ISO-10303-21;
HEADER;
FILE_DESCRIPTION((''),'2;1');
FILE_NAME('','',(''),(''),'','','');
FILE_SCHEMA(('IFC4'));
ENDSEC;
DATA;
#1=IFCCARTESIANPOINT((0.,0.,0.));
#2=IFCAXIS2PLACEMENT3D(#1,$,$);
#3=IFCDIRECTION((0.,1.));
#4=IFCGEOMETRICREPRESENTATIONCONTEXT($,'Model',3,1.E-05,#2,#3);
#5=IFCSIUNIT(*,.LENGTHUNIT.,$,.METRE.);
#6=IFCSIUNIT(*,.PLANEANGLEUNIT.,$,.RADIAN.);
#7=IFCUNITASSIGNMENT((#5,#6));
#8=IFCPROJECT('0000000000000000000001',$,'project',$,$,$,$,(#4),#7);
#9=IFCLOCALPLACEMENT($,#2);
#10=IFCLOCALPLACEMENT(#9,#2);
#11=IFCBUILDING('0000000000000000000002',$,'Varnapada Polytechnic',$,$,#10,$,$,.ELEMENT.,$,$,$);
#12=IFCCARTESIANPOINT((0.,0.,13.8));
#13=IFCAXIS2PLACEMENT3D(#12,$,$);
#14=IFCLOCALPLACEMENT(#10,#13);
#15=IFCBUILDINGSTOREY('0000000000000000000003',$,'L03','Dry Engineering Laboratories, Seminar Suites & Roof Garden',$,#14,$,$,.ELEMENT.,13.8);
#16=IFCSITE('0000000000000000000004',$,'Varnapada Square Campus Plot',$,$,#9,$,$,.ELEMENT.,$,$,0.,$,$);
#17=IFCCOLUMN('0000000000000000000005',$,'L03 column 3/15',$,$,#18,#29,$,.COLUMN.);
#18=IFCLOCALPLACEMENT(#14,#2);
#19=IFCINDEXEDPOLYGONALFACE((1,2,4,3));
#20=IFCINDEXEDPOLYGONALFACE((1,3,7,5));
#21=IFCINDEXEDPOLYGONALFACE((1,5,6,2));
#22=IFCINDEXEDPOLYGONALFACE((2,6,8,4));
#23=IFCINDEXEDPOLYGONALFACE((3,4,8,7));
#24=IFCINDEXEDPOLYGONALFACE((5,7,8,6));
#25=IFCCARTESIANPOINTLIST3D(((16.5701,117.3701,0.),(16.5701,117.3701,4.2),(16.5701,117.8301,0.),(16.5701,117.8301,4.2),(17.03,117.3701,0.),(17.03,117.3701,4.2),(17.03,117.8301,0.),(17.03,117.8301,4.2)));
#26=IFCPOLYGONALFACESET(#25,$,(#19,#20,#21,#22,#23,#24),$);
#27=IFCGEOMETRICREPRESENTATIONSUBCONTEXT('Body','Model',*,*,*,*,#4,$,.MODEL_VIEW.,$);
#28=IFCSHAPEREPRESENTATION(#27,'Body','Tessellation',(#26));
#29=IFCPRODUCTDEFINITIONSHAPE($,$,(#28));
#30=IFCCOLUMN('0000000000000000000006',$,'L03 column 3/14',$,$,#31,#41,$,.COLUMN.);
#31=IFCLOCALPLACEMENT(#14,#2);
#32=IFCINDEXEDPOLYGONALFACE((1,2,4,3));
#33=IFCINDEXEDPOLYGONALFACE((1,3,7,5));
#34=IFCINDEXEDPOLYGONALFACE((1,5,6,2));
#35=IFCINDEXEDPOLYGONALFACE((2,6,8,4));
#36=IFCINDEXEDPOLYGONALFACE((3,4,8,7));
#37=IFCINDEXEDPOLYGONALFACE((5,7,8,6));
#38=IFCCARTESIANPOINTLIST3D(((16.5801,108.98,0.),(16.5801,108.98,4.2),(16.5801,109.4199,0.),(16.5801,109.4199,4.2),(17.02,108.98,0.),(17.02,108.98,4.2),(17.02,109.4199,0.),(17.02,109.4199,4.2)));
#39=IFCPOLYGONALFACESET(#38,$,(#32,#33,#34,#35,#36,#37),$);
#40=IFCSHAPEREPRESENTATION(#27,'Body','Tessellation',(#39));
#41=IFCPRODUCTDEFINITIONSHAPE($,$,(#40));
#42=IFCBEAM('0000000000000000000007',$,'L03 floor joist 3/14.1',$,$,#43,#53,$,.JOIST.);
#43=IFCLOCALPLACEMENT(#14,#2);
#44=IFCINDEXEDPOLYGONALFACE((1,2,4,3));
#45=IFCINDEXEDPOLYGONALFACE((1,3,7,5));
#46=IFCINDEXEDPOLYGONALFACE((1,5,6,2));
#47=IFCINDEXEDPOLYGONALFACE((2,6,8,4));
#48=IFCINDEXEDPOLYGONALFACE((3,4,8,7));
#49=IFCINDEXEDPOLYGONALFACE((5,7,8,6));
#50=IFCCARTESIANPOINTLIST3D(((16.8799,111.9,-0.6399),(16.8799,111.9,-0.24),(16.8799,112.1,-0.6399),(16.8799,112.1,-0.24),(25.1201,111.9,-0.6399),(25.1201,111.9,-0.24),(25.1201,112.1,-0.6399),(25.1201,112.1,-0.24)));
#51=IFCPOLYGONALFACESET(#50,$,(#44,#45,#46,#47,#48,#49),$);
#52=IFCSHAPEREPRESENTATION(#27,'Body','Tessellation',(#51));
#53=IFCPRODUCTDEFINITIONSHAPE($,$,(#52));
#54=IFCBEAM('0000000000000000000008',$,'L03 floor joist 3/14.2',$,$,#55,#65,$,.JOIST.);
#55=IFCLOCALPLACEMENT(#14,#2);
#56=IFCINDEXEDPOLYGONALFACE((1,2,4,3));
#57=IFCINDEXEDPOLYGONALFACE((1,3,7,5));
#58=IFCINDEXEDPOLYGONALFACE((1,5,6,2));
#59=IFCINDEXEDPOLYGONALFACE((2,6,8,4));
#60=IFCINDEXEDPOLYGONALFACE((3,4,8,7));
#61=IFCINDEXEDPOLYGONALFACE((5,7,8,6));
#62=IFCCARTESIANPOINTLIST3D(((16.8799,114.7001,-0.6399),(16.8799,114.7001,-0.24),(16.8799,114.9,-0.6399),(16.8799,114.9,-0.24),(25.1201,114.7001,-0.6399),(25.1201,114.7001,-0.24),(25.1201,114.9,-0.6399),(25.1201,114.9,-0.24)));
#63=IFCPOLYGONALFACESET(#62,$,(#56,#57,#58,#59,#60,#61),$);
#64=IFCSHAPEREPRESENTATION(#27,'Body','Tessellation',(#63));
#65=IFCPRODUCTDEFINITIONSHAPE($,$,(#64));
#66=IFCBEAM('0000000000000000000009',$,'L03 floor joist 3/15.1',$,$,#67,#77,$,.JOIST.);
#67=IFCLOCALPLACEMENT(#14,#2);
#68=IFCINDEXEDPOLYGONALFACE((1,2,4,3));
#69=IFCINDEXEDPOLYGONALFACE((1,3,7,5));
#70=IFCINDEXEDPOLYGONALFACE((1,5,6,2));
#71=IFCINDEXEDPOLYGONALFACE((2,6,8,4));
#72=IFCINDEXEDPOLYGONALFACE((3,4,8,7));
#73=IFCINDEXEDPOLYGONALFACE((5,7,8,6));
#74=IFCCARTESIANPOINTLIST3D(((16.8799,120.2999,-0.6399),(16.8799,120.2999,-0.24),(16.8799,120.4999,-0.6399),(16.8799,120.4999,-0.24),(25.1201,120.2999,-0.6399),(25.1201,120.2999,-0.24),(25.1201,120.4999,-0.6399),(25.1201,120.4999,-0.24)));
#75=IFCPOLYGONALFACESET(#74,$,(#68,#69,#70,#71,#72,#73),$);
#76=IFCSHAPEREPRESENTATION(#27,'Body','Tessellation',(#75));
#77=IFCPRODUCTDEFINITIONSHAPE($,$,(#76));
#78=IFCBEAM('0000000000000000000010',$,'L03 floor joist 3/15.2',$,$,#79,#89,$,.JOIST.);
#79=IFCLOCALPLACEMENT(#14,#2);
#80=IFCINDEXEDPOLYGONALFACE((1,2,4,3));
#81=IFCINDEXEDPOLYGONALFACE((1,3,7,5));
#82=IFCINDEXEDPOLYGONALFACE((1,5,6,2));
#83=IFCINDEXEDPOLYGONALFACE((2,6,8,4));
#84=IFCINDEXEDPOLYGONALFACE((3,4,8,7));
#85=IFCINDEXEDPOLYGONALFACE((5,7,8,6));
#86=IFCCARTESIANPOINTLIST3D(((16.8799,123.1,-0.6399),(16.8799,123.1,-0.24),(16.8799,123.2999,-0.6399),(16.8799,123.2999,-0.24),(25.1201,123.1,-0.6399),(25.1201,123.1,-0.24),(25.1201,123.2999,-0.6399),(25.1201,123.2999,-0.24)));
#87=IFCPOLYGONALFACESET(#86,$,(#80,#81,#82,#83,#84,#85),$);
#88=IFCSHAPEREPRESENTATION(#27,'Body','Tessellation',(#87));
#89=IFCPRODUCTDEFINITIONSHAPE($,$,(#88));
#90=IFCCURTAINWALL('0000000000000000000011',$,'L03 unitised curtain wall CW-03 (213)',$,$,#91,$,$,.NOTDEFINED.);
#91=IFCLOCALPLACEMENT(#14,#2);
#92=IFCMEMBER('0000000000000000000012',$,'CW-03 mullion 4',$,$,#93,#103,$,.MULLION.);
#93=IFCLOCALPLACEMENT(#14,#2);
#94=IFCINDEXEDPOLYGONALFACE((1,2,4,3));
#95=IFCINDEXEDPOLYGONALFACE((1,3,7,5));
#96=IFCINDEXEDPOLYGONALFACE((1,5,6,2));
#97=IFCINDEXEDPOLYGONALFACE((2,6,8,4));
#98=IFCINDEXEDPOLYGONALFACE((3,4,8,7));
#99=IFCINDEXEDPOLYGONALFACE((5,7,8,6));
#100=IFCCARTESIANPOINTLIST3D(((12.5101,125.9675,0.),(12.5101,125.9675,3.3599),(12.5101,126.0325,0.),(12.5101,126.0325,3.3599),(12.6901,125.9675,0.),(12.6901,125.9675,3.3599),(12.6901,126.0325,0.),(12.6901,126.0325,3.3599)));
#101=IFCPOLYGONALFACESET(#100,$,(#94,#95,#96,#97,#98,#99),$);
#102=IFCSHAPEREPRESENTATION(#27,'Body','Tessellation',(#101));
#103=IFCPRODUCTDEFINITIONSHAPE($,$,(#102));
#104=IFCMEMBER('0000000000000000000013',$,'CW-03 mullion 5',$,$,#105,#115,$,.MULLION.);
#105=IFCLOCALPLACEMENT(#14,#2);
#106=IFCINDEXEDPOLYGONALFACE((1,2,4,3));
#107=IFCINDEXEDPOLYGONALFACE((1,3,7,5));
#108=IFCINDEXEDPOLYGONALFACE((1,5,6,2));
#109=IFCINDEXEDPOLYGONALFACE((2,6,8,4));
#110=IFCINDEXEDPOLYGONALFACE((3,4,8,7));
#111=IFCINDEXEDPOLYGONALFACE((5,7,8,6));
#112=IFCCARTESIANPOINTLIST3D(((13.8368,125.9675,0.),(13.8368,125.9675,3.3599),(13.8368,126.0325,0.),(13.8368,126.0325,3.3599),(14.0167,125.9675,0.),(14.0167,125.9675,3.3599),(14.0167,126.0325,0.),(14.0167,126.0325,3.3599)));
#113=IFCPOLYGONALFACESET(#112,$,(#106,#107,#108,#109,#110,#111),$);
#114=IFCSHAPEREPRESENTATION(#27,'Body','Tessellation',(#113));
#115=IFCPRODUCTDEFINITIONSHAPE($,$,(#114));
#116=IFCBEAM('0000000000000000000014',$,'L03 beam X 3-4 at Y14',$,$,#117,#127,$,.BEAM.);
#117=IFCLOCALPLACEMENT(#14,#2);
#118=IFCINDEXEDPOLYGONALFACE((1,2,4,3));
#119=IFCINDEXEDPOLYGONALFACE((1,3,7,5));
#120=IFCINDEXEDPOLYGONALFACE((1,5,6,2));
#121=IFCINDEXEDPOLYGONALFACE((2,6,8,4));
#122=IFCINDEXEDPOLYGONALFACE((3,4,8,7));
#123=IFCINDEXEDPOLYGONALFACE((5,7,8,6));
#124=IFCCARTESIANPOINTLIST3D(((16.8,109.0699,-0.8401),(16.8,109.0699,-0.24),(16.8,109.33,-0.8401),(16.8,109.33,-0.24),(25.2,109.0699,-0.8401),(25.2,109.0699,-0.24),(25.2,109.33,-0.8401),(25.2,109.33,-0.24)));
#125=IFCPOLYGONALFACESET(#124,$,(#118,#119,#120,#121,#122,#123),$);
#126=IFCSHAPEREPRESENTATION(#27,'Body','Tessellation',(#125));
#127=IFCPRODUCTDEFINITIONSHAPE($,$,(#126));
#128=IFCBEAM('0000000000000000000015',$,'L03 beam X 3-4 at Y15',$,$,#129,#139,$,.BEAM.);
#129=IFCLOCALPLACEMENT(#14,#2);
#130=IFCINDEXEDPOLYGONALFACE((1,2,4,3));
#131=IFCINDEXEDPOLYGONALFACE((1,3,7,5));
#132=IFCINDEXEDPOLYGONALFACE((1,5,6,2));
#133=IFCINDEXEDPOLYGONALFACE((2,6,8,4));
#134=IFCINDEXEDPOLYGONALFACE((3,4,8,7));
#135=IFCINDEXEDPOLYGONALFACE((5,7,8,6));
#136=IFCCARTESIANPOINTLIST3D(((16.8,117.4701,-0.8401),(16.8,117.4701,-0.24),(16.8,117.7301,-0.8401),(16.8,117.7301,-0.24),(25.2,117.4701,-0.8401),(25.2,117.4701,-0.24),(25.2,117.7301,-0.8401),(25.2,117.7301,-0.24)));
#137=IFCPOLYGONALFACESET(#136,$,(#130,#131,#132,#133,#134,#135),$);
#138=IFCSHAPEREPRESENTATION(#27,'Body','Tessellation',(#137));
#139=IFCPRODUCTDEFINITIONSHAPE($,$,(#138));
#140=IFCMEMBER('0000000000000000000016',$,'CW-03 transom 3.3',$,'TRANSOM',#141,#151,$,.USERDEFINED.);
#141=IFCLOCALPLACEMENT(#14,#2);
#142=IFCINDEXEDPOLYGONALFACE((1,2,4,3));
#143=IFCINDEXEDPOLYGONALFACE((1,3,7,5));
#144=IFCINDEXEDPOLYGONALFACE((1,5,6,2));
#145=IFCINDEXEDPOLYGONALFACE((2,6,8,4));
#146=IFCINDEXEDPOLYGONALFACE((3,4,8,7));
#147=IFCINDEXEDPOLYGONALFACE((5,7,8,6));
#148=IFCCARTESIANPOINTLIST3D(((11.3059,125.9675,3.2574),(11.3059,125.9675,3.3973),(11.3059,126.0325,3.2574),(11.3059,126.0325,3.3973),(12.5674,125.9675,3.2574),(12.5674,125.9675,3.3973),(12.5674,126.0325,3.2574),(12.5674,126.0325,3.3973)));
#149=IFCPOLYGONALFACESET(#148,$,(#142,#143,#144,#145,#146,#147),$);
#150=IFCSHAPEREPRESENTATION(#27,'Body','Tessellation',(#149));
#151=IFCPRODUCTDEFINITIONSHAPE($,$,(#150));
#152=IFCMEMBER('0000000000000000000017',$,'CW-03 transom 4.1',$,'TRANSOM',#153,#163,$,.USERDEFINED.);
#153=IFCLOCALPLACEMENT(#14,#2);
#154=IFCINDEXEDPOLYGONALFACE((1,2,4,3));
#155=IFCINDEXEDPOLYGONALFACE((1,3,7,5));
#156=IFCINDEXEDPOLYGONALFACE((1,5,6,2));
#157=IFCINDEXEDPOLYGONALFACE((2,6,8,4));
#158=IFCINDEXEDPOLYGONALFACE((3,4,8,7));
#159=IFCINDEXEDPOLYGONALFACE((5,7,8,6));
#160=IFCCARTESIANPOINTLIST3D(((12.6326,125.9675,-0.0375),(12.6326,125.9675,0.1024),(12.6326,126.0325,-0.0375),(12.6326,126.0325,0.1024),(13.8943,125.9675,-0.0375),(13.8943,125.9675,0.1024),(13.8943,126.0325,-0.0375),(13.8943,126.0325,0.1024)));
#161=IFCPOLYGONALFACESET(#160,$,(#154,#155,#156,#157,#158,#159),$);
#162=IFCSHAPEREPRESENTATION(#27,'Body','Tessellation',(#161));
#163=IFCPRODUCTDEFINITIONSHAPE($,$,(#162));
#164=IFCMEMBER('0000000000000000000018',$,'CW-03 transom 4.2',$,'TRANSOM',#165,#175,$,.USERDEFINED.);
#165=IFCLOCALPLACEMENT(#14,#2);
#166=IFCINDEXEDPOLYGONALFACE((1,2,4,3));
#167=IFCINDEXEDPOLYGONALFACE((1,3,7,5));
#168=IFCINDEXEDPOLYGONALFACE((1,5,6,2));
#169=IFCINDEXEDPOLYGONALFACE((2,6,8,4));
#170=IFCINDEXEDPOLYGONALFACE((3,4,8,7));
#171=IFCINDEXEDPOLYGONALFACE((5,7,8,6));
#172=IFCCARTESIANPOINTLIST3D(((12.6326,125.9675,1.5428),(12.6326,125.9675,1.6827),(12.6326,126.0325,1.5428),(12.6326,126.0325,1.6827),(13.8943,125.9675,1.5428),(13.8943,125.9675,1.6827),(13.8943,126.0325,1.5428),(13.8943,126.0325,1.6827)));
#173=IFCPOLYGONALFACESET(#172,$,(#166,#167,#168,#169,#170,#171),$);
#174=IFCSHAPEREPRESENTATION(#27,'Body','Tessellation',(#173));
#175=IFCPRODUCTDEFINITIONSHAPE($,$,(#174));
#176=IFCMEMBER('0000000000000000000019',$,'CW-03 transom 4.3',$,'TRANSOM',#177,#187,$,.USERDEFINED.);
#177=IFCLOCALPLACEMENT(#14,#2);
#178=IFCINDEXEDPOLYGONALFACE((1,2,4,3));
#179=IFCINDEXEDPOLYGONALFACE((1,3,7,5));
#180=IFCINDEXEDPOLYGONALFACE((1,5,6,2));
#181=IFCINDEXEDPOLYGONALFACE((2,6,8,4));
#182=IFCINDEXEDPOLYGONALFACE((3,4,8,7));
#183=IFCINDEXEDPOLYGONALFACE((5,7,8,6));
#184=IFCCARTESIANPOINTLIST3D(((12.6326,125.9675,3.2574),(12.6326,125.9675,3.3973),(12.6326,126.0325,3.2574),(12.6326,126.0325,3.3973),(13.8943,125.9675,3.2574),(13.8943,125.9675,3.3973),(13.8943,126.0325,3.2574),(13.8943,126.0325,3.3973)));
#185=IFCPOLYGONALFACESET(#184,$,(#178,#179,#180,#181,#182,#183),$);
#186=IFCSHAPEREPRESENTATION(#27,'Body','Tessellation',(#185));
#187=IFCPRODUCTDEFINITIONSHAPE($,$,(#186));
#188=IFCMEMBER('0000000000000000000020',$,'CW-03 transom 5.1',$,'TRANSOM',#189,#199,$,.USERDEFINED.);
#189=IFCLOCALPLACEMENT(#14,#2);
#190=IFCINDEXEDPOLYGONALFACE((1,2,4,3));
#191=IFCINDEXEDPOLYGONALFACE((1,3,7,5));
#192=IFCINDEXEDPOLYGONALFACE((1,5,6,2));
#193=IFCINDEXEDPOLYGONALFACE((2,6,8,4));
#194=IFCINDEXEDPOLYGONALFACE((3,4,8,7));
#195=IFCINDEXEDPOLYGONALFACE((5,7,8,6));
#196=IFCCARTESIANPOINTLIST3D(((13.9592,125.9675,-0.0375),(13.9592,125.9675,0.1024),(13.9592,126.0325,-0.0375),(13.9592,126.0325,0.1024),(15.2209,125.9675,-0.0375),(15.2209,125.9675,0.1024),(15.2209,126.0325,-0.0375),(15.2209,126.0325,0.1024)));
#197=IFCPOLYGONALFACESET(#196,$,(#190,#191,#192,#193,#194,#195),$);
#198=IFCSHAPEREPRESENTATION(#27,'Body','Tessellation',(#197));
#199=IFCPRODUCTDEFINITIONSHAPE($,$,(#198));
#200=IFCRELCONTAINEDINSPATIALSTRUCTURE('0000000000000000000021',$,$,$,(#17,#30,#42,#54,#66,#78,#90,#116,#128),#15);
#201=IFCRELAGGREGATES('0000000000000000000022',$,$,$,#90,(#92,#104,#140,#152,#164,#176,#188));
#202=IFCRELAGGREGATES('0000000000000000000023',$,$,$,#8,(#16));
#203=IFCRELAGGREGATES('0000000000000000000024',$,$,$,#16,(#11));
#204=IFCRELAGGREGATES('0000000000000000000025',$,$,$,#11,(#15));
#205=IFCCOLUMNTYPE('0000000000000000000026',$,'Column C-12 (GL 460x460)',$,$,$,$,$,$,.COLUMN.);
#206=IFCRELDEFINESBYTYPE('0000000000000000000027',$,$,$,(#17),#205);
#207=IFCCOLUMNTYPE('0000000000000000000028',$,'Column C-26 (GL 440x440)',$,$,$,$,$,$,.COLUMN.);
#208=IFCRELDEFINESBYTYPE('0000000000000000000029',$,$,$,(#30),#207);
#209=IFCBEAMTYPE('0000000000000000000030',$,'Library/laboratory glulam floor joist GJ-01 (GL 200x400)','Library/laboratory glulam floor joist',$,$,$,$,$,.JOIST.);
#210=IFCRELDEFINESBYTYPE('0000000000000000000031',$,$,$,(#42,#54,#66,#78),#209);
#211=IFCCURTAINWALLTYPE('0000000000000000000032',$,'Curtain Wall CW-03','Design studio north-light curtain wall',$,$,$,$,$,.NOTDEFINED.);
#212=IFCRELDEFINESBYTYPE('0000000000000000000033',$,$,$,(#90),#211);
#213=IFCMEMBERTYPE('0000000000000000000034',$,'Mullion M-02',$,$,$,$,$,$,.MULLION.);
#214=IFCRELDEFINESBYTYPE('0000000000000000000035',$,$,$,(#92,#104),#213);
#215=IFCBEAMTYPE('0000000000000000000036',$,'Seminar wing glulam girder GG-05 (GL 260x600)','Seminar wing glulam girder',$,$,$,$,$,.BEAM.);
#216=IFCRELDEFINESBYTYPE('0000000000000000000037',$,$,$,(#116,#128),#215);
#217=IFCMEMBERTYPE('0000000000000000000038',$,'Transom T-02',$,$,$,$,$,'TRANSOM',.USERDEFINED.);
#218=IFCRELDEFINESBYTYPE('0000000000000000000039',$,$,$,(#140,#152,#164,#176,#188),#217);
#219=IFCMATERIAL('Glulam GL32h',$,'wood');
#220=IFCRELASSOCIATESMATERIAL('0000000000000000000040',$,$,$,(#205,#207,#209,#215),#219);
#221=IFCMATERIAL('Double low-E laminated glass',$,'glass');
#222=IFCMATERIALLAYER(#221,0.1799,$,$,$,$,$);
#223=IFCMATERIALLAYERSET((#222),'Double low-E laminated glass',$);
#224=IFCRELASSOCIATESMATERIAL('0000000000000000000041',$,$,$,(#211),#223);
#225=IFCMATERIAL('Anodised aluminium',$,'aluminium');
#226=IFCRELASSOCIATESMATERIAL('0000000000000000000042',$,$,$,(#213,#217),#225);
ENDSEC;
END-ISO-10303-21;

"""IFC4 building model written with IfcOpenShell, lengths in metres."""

from ifc_helpers import new_model, si_unit, direction, frame, origin, origin_2d, place, context, subcontext, project, spatial, rectangle, extrude, material, layer, layer_set, material_profile, profile_set, type_object, element, aggregate, save


model = new_model("IFC4")

# Units and contexts
model_context = context("Model", 3, precision=1e-05, world=origin(), true_north=direction((0.0, 1.0)))
body_context = subcontext(model_context, "Body", "Model", "MODEL_VIEW")
ifc_project = project(units=[si_unit("LENGTHUNIT", "METRE"), si_unit("PLANEANGLEUNIT", "RADIAN")], contexts=[model_context])

# Site, building, storey
site_placement = place(None, origin())
site = spatial("IfcSite", under=ifc_project, at=site_placement, Name="Varnapada Square Campus Plot", CompositionType="ELEMENT", RefElevation=0.0)
building_placement = place(site_placement, origin())
building = spatial("IfcBuilding", under=site, at=building_placement, Name="Varnapada Polytechnic", CompositionType="ELEMENT")
storey_placement = place(building_placement, frame((0.0, 0.0, 13.8)))
storey = spatial("IfcBuildingStorey", under=building, at=storey_placement, Name="L03", Description="Dry Engineering Laboratories, Seminar Suites & Roof Garden", CompositionType="ELEMENT", Elevation=13.8)

# Columns
ifc_material_1 = material(Name="Glulam GL32h", Category="wood")
ifc_material_profile_1 = material_profile(ifc_material_1, rectangle(XDim=0.46, YDim=0.46, at=origin_2d()), Name="GL 460x460")
ifc_profile_set_1 = profile_set([ifc_material_profile_1], Name="Glulam GL32h")
column_type_1 = type_object("IfcColumnType", Name="Column C-12 (GL 460x460)", PredefinedType="COLUMN", material=ifc_profile_set_1)
column_1_placement = place(storey_placement, frame((16.8, 117.6001, 0.0), z_axis=(0.0, 0.0, 1.0), x_axis=(1.0, 0.0, 0.0)))
element("IfcColumn", 1, at=column_1_placement, inside=storey, type_object=column_type_1, Name="L03 column 3/15", PredefinedType="COLUMN", context=body_context, shape_type="SweptSolid", body=[
    extrude(rectangle(XDim=0.46, YDim=0.46, at=origin_2d()), origin(), (0.0, 0.0, 1.0), 4.2),
])
ifc_material_profile_2 = material_profile(ifc_material_1, rectangle(XDim=0.4399, YDim=0.4399, at=origin_2d()), Name="GL 440x440")
ifc_profile_set_2 = profile_set([ifc_material_profile_2], Name="Glulam GL32h")
column_type_2 = type_object("IfcColumnType", Name="Column C-26 (GL 440x440)", PredefinedType="COLUMN", material=ifc_profile_set_2)
column_2_placement = place(storey_placement, frame((16.8, 109.2, 0.0), z_axis=(0.0, 0.0, 1.0), x_axis=(1.0, 0.0, 0.0)))
element("IfcColumn", 2, at=column_2_placement, inside=storey, type_object=column_type_2, Name="L03 column 3/14", PredefinedType="COLUMN", context=body_context, shape_type="SweptSolid", body=[
    extrude(rectangle(XDim=0.4399, YDim=0.4399, at=origin_2d()), origin(), (0.0, 0.0, 1.0), 4.2),
])

# Beams
ifc_material_profile_3 = material_profile(ifc_material_1, rectangle(XDim=0.2, YDim=0.3999, at=origin_2d()), Name="GL 200x400")
ifc_profile_set_3 = profile_set([ifc_material_profile_3], Name="Glulam GL32h")
beam_type_1 = type_object("IfcBeamType", Name="Library/laboratory glulam floor joist GJ-01 (GL 200x400)", Description="Library/laboratory glulam floor joist", PredefinedType="JOIST", material=ifc_profile_set_3)
for number, where, z_axis, x_axis, name in (
    (3, (16.8799, 112.0, -0.4399), (1.0, 0.0, 0.0), (0.0, 1.0, 0.0), "L03 floor joist 3/14.1"),
    (4, (16.8799, 114.8, -0.4399), (1.0, 0.0, 0.0), (0.0, 1.0, 0.0), "L03 floor joist 3/14.2"),
    (5, (16.8799, 120.3999, -0.4399), (1.0, 0.0, 0.0), (0.0, 1.0, 0.0), "L03 floor joist 3/15.1"),
    (6, (16.8799, 123.2, -0.4399), (1.0, 0.0, 0.0), (0.0, 1.0, 0.0), "L03 floor joist 3/15.2"),
):
    element("IfcBeam", number, at=place(storey_placement, frame(where, z_axis=z_axis, x_axis=x_axis)), inside=storey, type_object=beam_type_1, Name=name, PredefinedType="JOIST", context=body_context, shape_type="SweptSolid", body=[
        extrude(rectangle(XDim=0.2, YDim=0.3999, at=origin_2d()), origin(), (0.0, 0.0, 1.0), 8.2402),
    ])

# Curtain wall, members
ifc_material_2 = material(Name="Double low-E laminated glass", Category="glass")
ifc_layer_1 = layer(ifc_material_2, 0.1799)
ifc_layer_set_1 = layer_set([ifc_layer_1], Name="Double low-E laminated glass")
curtain_wall_type = type_object("IfcCurtainWallType", Name="Curtain Wall CW-03", Description="Design studio north-light curtain wall", PredefinedType="NOTDEFINED", material=ifc_layer_set_1)
curtain_wall_placement = place(storey_placement, origin())
curtain_wall = element("IfcCurtainWall", 7, at=curtain_wall_placement, inside=storey, type_object=curtain_wall_type, Name="L03 unitised curtain wall CW-03 (213)", PredefinedType="NOTDEFINED")
ifc_material_3 = material(Name="Anodised aluminium", Category="aluminium")
ifc_material_profile_4 = material_profile(ifc_material_3, rectangle(XDim=0.0649, YDim=0.1799, at=origin_2d()), Name="ALU M65x180")
ifc_profile_set_4 = profile_set([ifc_material_profile_4], Name="Anodised aluminium")
member_type_1 = type_object("IfcMemberType", Name="Mullion M-02", PredefinedType="MULLION", material=ifc_profile_set_4)
member_1_placement = place(storey_placement, frame((12.6001, 126.0, 0.0), z_axis=(0.0, 0.0, 1.0), x_axis=(0.0, 1.0, 0.0)))
member_1 = element("IfcMember", 8, at=member_1_placement, type_object=member_type_1, Name="CW-03 mullion 4", PredefinedType="MULLION", context=body_context, shape_type="SweptSolid", body=[
    extrude(rectangle(XDim=0.0649, YDim=0.1799, at=origin_2d()), origin(), (0.0, 0.0, 1.0), 3.3599),
])
member_2_placement = place(storey_placement, frame((13.9268, 126.0, 0.0), z_axis=(0.0, 0.0, 1.0), x_axis=(0.0, 1.0, 0.0)))
member_2 = element("IfcMember", 9, at=member_2_placement, type_object=member_type_1, Name="CW-03 mullion 5", PredefinedType="MULLION", context=body_context, shape_type="SweptSolid", body=[
    extrude(rectangle(XDim=0.0649, YDim=0.1799, at=origin_2d()), origin(), (0.0, 0.0, 1.0), 3.3599),
])

# Beams
ifc_material_profile_5 = material_profile(ifc_material_1, rectangle(XDim=0.26, YDim=0.6001, at=origin_2d()), Name="GL 260x600")
ifc_profile_set_5 = profile_set([ifc_material_profile_5], Name="Glulam GL32h")
beam_type_2 = type_object("IfcBeamType", Name="Seminar wing glulam girder GG-05 (GL 260x600)", Description="Seminar wing glulam girder", PredefinedType="BEAM", material=ifc_profile_set_5)
for number, where, z_axis, x_axis, name in (
    (10, (16.8, 109.2, -0.54), (1.0, 0.0, 0.0), (0.0, 1.0, 0.0), "L03 beam X 3-4 at Y14"),
    (11, (16.8, 117.6001, -0.54), (1.0, 0.0, 0.0), (0.0, 1.0, 0.0), "L03 beam X 3-4 at Y15"),
):
    element("IfcBeam", number, at=place(storey_placement, frame(where, z_axis=z_axis, x_axis=x_axis)), inside=storey, type_object=beam_type_2, Name=name, PredefinedType="BEAM", context=body_context, shape_type="SweptSolid", body=[
        extrude(rectangle(XDim=0.26, YDim=0.6001, at=origin_2d()), origin(), (0.0, 0.0, 1.0), 8.3999),
    ])

# Members
ifc_material_profile_6 = material_profile(ifc_material_3, rectangle(XDim=0.0649, YDim=0.1399, at=origin_2d()), Name="ALU T65x140")
ifc_profile_set_6 = profile_set([ifc_material_profile_6], Name="Anodised aluminium")
member_type_2 = type_object("IfcMemberType", Name="Transom T-02", ElementType="TRANSOM", PredefinedType="USERDEFINED", material=ifc_profile_set_6)
member_3_placement = place(storey_placement, frame((11.3059, 126.0, 3.3274), z_axis=(1.0, 0.0, 0.0), x_axis=(0.0, 1.0, 0.0)))
member_3 = element("IfcMember", 12, at=member_3_placement, type_object=member_type_2, Name="CW-03 transom 3.3", ObjectType="TRANSOM", PredefinedType="USERDEFINED", context=body_context, shape_type="SweptSolid", body=[
    extrude(rectangle(XDim=0.0649, YDim=0.1399, at=origin_2d()), origin(), (0.0, 0.0, 1.0), 1.2615),
])
member_4_placement = place(storey_placement, frame((12.6326, 126.0, 0.0325), z_axis=(1.0, 0.0, 0.0), x_axis=(0.0, 1.0, 0.0)))
member_4 = element("IfcMember", 13, at=member_4_placement, type_object=member_type_2, Name="CW-03 transom 4.1", ObjectType="TRANSOM", PredefinedType="USERDEFINED", context=body_context, shape_type="SweptSolid", body=[
    extrude(rectangle(XDim=0.0649, YDim=0.1399, at=origin_2d()), origin(), (0.0, 0.0, 1.0), 1.2617),
])
member_5_placement = place(storey_placement, frame((12.6326, 126.0, 1.6128), z_axis=(1.0, 0.0, 0.0), x_axis=(0.0, 1.0, 0.0)))
member_5 = element("IfcMember", 14, at=member_5_placement, type_object=member_type_2, Name="CW-03 transom 4.2", ObjectType="TRANSOM", PredefinedType="USERDEFINED", context=body_context, shape_type="SweptSolid", body=[
    extrude(rectangle(XDim=0.0649, YDim=0.1399, at=origin_2d()), origin(), (0.0, 0.0, 1.0), 1.2617),
])
member_6_placement = place(storey_placement, frame((12.6326, 126.0, 3.3274), z_axis=(1.0, 0.0, 0.0), x_axis=(0.0, 1.0, 0.0)))
member_6 = element("IfcMember", 15, at=member_6_placement, type_object=member_type_2, Name="CW-03 transom 4.3", ObjectType="TRANSOM", PredefinedType="USERDEFINED", context=body_context, shape_type="SweptSolid", body=[
    extrude(rectangle(XDim=0.0649, YDim=0.1399, at=origin_2d()), origin(), (0.0, 0.0, 1.0), 1.2617),
])
member_7_placement = place(storey_placement, frame((13.9592, 126.0, 0.0325), z_axis=(1.0, 0.0, 0.0), x_axis=(0.0, 1.0, 0.0)))
member_7 = element("IfcMember", 16, at=member_7_placement, type_object=member_type_2, Name="CW-03 transom 5.1", ObjectType="TRANSOM", PredefinedType="USERDEFINED", context=body_context, shape_type="SweptSolid", body=[
    extrude(rectangle(XDim=0.0649, YDim=0.1399, at=origin_2d()), origin(), (0.0, 0.0, 1.0), 1.2617),
])

aggregate(curtain_wall, [member_1, member_2, member_3, member_4, member_5, member_6, member_7])

save(model, "model.ifc")
